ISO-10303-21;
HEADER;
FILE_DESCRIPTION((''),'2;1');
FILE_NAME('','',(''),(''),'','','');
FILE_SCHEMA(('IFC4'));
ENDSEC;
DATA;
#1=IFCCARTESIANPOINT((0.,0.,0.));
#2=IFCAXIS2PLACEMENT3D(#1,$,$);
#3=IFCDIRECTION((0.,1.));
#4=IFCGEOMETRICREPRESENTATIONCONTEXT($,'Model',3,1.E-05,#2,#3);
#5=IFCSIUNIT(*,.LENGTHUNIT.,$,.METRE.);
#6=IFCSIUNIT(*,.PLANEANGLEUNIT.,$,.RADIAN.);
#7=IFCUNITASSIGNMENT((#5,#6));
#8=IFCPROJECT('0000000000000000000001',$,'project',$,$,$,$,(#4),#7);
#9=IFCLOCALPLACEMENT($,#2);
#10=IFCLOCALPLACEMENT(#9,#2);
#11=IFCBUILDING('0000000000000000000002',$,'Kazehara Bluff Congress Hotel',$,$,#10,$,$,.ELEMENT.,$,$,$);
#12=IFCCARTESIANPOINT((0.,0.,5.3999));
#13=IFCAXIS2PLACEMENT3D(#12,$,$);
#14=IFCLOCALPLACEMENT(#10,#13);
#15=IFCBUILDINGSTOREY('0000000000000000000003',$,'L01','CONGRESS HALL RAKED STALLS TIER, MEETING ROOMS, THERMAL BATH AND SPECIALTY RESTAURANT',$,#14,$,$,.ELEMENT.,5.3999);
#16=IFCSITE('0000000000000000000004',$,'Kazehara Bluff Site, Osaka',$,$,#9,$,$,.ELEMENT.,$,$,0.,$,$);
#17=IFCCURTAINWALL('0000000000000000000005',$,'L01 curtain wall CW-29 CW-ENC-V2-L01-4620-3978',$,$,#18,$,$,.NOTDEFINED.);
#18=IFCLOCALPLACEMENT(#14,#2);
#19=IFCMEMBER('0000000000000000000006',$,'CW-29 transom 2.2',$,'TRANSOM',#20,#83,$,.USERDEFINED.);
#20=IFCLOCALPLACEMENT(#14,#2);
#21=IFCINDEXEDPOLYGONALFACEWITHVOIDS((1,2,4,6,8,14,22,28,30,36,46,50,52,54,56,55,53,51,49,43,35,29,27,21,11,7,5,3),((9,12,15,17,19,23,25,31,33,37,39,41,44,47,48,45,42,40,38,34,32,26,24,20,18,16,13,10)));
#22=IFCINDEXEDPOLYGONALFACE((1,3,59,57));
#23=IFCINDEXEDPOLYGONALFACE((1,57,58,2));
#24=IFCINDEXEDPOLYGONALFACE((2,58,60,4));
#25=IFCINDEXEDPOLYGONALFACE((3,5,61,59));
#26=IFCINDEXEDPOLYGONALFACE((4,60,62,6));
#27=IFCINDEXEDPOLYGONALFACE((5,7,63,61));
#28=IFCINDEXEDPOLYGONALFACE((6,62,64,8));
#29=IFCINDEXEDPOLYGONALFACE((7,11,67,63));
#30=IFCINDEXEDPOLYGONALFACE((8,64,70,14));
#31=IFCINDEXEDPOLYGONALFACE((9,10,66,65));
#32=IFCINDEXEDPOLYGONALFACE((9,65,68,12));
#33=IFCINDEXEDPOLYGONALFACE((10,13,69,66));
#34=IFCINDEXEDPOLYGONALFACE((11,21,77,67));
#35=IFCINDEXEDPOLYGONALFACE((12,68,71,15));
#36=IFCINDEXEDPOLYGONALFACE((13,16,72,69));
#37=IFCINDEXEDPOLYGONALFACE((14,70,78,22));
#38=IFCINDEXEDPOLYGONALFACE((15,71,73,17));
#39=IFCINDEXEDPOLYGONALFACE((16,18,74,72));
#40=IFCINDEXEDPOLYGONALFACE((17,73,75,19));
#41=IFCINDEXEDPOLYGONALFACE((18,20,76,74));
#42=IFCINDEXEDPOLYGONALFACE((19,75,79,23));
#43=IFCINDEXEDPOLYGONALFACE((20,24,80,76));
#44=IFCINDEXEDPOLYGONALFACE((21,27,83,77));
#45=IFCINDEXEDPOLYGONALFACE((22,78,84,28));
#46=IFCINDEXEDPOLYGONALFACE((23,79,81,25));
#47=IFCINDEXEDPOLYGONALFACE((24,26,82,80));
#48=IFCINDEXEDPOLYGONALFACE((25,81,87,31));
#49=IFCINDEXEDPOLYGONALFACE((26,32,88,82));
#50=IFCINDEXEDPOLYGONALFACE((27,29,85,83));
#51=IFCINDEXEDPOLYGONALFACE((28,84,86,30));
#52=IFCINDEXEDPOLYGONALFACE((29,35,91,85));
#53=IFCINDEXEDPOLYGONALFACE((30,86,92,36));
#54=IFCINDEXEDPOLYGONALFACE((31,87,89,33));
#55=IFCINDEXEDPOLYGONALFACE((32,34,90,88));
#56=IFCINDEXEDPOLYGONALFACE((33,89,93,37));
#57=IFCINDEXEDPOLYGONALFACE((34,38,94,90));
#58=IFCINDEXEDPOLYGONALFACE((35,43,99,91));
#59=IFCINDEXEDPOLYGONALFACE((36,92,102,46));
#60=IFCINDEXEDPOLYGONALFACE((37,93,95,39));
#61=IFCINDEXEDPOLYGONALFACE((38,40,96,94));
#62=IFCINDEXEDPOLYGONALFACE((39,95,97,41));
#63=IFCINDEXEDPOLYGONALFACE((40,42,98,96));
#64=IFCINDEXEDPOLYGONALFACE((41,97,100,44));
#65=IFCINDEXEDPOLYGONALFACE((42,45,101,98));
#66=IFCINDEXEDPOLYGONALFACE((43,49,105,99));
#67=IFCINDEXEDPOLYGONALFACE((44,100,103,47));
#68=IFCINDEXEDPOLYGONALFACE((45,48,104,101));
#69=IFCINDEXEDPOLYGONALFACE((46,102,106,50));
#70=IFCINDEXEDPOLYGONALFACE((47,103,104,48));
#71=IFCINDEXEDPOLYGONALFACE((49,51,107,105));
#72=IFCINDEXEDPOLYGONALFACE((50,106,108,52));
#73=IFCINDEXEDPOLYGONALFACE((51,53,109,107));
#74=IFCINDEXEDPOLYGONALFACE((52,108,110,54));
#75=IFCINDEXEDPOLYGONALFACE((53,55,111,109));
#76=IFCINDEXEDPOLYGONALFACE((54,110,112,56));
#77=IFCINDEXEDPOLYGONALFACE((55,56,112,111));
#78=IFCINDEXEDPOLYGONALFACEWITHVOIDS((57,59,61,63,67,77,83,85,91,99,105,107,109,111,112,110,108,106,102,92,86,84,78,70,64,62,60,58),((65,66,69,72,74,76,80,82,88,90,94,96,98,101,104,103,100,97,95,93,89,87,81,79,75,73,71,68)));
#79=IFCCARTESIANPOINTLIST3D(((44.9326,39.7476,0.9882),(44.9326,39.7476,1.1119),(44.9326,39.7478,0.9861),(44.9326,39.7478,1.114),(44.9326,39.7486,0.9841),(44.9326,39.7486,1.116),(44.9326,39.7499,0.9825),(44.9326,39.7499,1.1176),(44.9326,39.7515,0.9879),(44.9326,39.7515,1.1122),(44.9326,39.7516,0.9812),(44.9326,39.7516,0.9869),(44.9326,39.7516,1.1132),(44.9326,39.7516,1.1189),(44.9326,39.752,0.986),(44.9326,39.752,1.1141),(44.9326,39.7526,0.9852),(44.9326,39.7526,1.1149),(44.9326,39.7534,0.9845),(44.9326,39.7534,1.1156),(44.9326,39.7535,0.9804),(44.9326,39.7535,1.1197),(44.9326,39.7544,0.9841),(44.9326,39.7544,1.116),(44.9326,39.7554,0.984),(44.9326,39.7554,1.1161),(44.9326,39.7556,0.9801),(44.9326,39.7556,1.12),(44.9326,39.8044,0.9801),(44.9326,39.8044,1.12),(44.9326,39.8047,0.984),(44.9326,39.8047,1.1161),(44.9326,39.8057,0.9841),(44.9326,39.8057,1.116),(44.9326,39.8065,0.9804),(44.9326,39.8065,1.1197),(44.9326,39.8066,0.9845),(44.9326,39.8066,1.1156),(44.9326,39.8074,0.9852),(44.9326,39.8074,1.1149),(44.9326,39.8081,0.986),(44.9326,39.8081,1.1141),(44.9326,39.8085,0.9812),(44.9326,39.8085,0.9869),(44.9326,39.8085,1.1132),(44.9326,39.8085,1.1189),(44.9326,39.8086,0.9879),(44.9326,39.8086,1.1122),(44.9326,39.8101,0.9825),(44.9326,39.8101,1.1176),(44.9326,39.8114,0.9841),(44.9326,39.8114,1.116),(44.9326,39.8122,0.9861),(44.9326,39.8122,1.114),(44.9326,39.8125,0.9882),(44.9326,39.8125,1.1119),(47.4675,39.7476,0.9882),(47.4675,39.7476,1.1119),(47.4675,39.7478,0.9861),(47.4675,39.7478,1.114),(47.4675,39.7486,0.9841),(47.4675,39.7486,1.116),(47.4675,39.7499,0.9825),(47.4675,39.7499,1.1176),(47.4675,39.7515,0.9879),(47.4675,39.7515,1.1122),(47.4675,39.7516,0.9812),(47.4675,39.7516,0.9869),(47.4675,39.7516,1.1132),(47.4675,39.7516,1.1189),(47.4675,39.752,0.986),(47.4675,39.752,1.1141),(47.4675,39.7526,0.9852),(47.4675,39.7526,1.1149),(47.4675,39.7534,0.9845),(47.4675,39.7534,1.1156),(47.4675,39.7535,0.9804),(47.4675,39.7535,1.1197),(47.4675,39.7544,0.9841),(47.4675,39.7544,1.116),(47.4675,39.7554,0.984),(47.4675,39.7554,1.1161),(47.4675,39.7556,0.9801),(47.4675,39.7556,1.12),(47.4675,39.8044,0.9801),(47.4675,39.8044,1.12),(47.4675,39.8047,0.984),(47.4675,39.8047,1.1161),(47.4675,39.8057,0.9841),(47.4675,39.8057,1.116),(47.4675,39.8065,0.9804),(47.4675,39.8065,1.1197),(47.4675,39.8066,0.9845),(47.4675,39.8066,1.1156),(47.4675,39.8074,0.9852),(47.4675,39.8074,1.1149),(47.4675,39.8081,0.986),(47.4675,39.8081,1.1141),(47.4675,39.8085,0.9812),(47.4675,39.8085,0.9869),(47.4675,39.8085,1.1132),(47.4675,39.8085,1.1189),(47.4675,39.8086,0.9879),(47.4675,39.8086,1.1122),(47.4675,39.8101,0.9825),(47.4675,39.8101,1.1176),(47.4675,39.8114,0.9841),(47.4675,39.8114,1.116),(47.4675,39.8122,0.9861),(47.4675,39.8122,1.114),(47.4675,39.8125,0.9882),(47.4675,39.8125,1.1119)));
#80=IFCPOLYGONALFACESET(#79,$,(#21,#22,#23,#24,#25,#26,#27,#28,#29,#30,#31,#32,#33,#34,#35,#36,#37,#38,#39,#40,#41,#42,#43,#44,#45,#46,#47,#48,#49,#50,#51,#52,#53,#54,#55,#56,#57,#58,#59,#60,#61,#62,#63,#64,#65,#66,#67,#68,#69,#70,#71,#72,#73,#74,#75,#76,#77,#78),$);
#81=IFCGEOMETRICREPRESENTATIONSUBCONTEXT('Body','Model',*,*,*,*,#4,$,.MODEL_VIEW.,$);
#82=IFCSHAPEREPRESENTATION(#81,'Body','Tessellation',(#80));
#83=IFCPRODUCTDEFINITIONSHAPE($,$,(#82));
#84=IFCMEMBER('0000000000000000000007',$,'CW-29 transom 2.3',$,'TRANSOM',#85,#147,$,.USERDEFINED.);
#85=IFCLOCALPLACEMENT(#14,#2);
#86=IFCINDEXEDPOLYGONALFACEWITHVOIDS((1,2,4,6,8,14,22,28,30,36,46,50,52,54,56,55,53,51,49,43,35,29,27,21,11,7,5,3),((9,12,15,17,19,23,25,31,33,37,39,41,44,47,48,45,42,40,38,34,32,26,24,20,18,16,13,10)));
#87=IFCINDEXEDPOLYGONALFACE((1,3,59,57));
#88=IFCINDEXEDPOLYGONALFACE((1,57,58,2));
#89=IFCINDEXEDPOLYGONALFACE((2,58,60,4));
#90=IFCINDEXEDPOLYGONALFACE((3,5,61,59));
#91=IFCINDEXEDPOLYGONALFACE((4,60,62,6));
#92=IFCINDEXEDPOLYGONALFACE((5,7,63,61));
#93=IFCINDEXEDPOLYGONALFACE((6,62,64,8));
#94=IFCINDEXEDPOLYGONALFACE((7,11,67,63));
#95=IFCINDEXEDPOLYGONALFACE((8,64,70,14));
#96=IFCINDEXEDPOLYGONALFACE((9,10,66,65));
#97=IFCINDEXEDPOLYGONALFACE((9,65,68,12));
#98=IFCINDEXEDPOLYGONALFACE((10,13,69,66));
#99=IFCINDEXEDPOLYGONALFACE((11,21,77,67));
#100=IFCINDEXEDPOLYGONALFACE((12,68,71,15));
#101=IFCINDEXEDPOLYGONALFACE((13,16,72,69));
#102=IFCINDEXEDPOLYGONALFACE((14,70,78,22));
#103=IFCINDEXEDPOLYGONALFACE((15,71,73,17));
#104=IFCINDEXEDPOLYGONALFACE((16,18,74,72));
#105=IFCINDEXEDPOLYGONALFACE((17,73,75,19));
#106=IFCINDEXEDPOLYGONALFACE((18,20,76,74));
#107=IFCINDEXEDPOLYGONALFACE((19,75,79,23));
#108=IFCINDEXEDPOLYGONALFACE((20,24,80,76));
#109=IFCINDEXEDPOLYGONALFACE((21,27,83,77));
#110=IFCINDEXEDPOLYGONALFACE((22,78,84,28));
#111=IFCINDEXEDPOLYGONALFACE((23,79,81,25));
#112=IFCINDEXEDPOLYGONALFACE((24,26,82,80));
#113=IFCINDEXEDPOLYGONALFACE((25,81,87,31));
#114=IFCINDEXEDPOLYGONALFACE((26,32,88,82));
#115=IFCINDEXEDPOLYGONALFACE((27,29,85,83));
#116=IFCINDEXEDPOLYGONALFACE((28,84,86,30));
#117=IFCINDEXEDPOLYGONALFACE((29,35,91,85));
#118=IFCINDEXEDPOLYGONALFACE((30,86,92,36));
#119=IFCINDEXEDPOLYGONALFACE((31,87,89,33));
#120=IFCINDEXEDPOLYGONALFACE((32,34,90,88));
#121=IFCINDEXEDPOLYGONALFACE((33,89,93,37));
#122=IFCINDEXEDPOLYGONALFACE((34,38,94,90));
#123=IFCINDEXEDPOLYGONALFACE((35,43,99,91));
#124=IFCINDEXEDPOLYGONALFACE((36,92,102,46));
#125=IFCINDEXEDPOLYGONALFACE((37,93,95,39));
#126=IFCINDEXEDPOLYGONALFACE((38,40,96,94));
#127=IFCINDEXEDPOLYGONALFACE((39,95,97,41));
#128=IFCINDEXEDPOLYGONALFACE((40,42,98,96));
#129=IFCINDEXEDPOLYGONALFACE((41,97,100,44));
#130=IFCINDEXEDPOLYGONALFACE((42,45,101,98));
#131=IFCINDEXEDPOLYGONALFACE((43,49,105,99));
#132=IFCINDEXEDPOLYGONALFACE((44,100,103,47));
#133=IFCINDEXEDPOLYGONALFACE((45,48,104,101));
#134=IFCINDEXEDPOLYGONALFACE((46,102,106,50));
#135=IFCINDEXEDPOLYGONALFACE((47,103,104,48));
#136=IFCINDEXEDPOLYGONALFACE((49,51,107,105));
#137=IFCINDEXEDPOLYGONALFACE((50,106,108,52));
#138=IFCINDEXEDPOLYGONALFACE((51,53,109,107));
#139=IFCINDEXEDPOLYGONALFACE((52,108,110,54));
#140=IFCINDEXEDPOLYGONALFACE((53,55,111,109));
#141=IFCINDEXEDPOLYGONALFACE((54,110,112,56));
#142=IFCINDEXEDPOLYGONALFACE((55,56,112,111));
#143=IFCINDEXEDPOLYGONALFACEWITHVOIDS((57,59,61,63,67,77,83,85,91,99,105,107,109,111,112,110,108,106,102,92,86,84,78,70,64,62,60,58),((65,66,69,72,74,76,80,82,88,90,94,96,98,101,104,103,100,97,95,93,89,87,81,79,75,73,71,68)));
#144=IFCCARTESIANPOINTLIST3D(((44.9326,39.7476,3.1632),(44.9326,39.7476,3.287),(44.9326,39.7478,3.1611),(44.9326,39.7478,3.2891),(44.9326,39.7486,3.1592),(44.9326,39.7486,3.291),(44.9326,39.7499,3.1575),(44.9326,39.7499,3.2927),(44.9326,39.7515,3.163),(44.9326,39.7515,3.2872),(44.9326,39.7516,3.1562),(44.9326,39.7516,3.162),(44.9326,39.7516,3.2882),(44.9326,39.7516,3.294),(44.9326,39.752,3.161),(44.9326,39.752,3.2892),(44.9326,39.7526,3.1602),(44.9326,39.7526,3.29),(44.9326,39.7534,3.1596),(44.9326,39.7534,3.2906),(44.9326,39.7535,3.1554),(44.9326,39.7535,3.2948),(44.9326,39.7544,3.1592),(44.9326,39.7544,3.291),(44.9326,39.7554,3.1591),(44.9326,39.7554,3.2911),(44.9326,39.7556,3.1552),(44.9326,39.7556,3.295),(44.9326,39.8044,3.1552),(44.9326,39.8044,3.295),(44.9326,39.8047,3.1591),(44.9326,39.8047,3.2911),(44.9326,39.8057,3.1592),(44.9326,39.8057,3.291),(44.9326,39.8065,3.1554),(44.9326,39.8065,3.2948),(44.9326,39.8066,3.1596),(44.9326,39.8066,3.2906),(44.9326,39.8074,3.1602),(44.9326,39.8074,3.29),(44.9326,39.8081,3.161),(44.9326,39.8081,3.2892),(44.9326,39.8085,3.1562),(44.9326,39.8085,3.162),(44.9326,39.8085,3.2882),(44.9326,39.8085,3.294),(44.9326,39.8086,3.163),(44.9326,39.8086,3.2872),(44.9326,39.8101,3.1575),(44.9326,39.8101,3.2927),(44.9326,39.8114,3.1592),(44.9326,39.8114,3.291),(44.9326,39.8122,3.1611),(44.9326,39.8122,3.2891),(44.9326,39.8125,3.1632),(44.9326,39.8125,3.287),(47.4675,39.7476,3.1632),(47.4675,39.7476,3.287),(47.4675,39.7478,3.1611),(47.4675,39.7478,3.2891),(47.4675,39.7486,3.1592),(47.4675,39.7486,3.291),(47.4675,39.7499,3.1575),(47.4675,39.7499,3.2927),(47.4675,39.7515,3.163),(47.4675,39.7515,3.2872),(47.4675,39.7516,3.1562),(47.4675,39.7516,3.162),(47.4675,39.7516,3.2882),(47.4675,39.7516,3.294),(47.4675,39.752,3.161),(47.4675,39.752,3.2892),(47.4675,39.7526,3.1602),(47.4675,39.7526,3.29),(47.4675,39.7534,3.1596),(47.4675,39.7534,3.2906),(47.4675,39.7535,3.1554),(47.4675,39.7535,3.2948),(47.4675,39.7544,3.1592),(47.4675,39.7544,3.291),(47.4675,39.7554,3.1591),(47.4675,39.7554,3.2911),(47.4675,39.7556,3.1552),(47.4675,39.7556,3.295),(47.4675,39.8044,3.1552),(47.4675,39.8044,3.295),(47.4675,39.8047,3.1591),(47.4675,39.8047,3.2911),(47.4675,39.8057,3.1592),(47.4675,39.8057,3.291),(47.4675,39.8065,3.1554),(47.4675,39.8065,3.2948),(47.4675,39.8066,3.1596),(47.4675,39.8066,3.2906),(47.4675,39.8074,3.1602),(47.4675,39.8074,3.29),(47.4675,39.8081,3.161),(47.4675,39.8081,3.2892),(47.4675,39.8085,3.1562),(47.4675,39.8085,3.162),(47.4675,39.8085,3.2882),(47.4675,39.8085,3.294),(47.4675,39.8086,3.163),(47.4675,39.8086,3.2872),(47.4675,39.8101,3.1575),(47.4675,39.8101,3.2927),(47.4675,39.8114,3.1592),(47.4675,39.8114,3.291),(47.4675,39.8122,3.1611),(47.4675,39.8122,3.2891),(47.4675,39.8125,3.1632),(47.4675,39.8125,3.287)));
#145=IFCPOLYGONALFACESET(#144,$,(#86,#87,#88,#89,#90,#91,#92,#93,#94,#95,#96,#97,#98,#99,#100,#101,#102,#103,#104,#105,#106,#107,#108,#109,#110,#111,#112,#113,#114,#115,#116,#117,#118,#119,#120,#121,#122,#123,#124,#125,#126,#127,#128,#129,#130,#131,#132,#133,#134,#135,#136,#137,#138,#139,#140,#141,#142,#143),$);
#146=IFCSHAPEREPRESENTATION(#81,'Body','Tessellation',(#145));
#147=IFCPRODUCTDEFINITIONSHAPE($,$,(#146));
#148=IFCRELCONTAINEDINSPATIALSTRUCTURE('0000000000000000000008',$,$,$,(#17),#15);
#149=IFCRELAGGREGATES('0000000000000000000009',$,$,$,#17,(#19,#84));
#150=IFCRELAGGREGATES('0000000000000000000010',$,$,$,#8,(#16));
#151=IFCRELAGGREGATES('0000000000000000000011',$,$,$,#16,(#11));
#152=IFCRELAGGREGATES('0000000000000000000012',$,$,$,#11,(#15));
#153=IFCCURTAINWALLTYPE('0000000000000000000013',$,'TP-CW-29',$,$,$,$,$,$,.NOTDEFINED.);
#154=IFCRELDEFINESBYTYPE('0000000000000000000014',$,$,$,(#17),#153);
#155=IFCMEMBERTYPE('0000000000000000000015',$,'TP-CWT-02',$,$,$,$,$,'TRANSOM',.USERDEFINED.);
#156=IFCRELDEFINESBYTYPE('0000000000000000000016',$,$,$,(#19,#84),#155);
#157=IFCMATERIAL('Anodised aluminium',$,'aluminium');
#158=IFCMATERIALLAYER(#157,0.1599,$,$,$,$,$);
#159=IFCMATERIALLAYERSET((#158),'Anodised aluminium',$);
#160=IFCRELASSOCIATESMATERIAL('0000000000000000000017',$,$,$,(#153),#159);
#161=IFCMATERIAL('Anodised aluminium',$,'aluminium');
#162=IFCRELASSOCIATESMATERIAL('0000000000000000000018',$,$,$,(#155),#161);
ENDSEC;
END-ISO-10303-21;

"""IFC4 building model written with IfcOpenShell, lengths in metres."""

from ifc_helpers import new_model, si_unit, direction, frame, origin, origin_2d, place, context, subcontext, project, spatial, hollow_rectangle, extrude, material, layer, layer_set, material_profile, profile_set, type_object, element, aggregate, save


model = new_model("IFC4")

# Units and contexts
model_context = context("Model", 3, precision=1e-05, world=origin(), true_north=direction((0.0, 1.0)))
body_context = subcontext(model_context, "Body", "Model", "MODEL_VIEW")
ifc_project = project(units=[si_unit("LENGTHUNIT", "METRE"), si_unit("PLANEANGLEUNIT", "RADIAN")], contexts=[model_context])

# Site, building, storey
site_placement = place(None, origin())
site = spatial("IfcSite", under=ifc_project, at=site_placement, Name="Kazehara Bluff Site, Osaka", CompositionType="ELEMENT", RefElevation=0.0)
building_placement = place(site_placement, origin())
building = spatial("IfcBuilding", under=site, at=building_placement, Name="Kazehara Bluff Congress Hotel", CompositionType="ELEMENT")
storey_placement = place(building_placement, frame((0.0, 0.0, 5.3999)))
storey = spatial("IfcBuildingStorey", under=building, at=storey_placement, Name="L01", Description="CONGRESS HALL RAKED STALLS TIER, MEETING ROOMS, THERMAL BATH AND SPECIALTY RESTAURANT", CompositionType="ELEMENT", Elevation=5.3999)

# Curtain wall
ifc_material_1 = material(Name="Anodised aluminium", Category="aluminium")
ifc_layer_1 = layer(ifc_material_1, 0.1599)
ifc_layer_set_1 = layer_set([ifc_layer_1], Name="Anodised aluminium")
curtain_wall_type = type_object("IfcCurtainWallType", Name="TP-CW-29", PredefinedType="NOTDEFINED", material=ifc_layer_set_1)
curtain_wall_1_placement = place(storey_placement, origin())
curtain_wall_1 = element("IfcCurtainWall", 1, at=curtain_wall_1_placement, inside=storey, type_object=curtain_wall_type, Name="L01 curtain wall CW-29 CW-ENC-V2-L01-4620-3978", PredefinedType="NOTDEFINED")

# Members
ifc_material_2 = material(Name="Anodised aluminium", Category="aluminium")
ifc_material_profile_1 = material_profile(ifc_material_2, hollow_rectangle(XDim=0.0649, YDim=0.1399, WallThickness=0.0039, InnerFilletRadius=0.0039, OuterFilletRadius=0.0081, at=origin_2d()))
ifc_profile_set_1 = profile_set([ifc_material_profile_1], Name="Anodised aluminium")
member_type_1 = type_object("IfcMemberType", Name="TP-CWT-02", ElementType="TRANSOM", PredefinedType="USERDEFINED", material=ifc_profile_set_1)
member_1_placement = place(storey_placement, frame((44.9326, 39.78, 1.05), z_axis=(1.0, 0.0, 0.0), x_axis=(0.0, 1.0, 0.0)))
member_1 = element("IfcMember", 2, at=member_1_placement, type_object=member_type_1, Name="CW-29 transom 2.2", ObjectType="TRANSOM", PredefinedType="USERDEFINED", context=body_context, shape_type="SweptSolid", body=[
    extrude(hollow_rectangle(XDim=0.0649, YDim=0.1399, WallThickness=0.0039, InnerFilletRadius=0.0039, OuterFilletRadius=0.0081, at=origin_2d()), origin(), (0.0, 0.0, 1.0), 2.5349),
])
member_2_placement = place(storey_placement, frame((44.9326, 39.78, 3.2251), z_axis=(1.0, 0.0, 0.0), x_axis=(0.0, 1.0, 0.0)))
member_2 = element("IfcMember", 3, at=member_2_placement, type_object=member_type_1, Name="CW-29 transom 2.3", ObjectType="TRANSOM", PredefinedType="USERDEFINED", context=body_context, shape_type="SweptSolid", body=[
    extrude(hollow_rectangle(XDim=0.0649, YDim=0.1399, WallThickness=0.0039, InnerFilletRadius=0.0039, OuterFilletRadius=0.0081, at=origin_2d()), origin(), (0.0, 0.0, 1.0), 2.5349),
])

aggregate(curtain_wall_1, [member_1, member_2])

save(model, "model.ifc")
